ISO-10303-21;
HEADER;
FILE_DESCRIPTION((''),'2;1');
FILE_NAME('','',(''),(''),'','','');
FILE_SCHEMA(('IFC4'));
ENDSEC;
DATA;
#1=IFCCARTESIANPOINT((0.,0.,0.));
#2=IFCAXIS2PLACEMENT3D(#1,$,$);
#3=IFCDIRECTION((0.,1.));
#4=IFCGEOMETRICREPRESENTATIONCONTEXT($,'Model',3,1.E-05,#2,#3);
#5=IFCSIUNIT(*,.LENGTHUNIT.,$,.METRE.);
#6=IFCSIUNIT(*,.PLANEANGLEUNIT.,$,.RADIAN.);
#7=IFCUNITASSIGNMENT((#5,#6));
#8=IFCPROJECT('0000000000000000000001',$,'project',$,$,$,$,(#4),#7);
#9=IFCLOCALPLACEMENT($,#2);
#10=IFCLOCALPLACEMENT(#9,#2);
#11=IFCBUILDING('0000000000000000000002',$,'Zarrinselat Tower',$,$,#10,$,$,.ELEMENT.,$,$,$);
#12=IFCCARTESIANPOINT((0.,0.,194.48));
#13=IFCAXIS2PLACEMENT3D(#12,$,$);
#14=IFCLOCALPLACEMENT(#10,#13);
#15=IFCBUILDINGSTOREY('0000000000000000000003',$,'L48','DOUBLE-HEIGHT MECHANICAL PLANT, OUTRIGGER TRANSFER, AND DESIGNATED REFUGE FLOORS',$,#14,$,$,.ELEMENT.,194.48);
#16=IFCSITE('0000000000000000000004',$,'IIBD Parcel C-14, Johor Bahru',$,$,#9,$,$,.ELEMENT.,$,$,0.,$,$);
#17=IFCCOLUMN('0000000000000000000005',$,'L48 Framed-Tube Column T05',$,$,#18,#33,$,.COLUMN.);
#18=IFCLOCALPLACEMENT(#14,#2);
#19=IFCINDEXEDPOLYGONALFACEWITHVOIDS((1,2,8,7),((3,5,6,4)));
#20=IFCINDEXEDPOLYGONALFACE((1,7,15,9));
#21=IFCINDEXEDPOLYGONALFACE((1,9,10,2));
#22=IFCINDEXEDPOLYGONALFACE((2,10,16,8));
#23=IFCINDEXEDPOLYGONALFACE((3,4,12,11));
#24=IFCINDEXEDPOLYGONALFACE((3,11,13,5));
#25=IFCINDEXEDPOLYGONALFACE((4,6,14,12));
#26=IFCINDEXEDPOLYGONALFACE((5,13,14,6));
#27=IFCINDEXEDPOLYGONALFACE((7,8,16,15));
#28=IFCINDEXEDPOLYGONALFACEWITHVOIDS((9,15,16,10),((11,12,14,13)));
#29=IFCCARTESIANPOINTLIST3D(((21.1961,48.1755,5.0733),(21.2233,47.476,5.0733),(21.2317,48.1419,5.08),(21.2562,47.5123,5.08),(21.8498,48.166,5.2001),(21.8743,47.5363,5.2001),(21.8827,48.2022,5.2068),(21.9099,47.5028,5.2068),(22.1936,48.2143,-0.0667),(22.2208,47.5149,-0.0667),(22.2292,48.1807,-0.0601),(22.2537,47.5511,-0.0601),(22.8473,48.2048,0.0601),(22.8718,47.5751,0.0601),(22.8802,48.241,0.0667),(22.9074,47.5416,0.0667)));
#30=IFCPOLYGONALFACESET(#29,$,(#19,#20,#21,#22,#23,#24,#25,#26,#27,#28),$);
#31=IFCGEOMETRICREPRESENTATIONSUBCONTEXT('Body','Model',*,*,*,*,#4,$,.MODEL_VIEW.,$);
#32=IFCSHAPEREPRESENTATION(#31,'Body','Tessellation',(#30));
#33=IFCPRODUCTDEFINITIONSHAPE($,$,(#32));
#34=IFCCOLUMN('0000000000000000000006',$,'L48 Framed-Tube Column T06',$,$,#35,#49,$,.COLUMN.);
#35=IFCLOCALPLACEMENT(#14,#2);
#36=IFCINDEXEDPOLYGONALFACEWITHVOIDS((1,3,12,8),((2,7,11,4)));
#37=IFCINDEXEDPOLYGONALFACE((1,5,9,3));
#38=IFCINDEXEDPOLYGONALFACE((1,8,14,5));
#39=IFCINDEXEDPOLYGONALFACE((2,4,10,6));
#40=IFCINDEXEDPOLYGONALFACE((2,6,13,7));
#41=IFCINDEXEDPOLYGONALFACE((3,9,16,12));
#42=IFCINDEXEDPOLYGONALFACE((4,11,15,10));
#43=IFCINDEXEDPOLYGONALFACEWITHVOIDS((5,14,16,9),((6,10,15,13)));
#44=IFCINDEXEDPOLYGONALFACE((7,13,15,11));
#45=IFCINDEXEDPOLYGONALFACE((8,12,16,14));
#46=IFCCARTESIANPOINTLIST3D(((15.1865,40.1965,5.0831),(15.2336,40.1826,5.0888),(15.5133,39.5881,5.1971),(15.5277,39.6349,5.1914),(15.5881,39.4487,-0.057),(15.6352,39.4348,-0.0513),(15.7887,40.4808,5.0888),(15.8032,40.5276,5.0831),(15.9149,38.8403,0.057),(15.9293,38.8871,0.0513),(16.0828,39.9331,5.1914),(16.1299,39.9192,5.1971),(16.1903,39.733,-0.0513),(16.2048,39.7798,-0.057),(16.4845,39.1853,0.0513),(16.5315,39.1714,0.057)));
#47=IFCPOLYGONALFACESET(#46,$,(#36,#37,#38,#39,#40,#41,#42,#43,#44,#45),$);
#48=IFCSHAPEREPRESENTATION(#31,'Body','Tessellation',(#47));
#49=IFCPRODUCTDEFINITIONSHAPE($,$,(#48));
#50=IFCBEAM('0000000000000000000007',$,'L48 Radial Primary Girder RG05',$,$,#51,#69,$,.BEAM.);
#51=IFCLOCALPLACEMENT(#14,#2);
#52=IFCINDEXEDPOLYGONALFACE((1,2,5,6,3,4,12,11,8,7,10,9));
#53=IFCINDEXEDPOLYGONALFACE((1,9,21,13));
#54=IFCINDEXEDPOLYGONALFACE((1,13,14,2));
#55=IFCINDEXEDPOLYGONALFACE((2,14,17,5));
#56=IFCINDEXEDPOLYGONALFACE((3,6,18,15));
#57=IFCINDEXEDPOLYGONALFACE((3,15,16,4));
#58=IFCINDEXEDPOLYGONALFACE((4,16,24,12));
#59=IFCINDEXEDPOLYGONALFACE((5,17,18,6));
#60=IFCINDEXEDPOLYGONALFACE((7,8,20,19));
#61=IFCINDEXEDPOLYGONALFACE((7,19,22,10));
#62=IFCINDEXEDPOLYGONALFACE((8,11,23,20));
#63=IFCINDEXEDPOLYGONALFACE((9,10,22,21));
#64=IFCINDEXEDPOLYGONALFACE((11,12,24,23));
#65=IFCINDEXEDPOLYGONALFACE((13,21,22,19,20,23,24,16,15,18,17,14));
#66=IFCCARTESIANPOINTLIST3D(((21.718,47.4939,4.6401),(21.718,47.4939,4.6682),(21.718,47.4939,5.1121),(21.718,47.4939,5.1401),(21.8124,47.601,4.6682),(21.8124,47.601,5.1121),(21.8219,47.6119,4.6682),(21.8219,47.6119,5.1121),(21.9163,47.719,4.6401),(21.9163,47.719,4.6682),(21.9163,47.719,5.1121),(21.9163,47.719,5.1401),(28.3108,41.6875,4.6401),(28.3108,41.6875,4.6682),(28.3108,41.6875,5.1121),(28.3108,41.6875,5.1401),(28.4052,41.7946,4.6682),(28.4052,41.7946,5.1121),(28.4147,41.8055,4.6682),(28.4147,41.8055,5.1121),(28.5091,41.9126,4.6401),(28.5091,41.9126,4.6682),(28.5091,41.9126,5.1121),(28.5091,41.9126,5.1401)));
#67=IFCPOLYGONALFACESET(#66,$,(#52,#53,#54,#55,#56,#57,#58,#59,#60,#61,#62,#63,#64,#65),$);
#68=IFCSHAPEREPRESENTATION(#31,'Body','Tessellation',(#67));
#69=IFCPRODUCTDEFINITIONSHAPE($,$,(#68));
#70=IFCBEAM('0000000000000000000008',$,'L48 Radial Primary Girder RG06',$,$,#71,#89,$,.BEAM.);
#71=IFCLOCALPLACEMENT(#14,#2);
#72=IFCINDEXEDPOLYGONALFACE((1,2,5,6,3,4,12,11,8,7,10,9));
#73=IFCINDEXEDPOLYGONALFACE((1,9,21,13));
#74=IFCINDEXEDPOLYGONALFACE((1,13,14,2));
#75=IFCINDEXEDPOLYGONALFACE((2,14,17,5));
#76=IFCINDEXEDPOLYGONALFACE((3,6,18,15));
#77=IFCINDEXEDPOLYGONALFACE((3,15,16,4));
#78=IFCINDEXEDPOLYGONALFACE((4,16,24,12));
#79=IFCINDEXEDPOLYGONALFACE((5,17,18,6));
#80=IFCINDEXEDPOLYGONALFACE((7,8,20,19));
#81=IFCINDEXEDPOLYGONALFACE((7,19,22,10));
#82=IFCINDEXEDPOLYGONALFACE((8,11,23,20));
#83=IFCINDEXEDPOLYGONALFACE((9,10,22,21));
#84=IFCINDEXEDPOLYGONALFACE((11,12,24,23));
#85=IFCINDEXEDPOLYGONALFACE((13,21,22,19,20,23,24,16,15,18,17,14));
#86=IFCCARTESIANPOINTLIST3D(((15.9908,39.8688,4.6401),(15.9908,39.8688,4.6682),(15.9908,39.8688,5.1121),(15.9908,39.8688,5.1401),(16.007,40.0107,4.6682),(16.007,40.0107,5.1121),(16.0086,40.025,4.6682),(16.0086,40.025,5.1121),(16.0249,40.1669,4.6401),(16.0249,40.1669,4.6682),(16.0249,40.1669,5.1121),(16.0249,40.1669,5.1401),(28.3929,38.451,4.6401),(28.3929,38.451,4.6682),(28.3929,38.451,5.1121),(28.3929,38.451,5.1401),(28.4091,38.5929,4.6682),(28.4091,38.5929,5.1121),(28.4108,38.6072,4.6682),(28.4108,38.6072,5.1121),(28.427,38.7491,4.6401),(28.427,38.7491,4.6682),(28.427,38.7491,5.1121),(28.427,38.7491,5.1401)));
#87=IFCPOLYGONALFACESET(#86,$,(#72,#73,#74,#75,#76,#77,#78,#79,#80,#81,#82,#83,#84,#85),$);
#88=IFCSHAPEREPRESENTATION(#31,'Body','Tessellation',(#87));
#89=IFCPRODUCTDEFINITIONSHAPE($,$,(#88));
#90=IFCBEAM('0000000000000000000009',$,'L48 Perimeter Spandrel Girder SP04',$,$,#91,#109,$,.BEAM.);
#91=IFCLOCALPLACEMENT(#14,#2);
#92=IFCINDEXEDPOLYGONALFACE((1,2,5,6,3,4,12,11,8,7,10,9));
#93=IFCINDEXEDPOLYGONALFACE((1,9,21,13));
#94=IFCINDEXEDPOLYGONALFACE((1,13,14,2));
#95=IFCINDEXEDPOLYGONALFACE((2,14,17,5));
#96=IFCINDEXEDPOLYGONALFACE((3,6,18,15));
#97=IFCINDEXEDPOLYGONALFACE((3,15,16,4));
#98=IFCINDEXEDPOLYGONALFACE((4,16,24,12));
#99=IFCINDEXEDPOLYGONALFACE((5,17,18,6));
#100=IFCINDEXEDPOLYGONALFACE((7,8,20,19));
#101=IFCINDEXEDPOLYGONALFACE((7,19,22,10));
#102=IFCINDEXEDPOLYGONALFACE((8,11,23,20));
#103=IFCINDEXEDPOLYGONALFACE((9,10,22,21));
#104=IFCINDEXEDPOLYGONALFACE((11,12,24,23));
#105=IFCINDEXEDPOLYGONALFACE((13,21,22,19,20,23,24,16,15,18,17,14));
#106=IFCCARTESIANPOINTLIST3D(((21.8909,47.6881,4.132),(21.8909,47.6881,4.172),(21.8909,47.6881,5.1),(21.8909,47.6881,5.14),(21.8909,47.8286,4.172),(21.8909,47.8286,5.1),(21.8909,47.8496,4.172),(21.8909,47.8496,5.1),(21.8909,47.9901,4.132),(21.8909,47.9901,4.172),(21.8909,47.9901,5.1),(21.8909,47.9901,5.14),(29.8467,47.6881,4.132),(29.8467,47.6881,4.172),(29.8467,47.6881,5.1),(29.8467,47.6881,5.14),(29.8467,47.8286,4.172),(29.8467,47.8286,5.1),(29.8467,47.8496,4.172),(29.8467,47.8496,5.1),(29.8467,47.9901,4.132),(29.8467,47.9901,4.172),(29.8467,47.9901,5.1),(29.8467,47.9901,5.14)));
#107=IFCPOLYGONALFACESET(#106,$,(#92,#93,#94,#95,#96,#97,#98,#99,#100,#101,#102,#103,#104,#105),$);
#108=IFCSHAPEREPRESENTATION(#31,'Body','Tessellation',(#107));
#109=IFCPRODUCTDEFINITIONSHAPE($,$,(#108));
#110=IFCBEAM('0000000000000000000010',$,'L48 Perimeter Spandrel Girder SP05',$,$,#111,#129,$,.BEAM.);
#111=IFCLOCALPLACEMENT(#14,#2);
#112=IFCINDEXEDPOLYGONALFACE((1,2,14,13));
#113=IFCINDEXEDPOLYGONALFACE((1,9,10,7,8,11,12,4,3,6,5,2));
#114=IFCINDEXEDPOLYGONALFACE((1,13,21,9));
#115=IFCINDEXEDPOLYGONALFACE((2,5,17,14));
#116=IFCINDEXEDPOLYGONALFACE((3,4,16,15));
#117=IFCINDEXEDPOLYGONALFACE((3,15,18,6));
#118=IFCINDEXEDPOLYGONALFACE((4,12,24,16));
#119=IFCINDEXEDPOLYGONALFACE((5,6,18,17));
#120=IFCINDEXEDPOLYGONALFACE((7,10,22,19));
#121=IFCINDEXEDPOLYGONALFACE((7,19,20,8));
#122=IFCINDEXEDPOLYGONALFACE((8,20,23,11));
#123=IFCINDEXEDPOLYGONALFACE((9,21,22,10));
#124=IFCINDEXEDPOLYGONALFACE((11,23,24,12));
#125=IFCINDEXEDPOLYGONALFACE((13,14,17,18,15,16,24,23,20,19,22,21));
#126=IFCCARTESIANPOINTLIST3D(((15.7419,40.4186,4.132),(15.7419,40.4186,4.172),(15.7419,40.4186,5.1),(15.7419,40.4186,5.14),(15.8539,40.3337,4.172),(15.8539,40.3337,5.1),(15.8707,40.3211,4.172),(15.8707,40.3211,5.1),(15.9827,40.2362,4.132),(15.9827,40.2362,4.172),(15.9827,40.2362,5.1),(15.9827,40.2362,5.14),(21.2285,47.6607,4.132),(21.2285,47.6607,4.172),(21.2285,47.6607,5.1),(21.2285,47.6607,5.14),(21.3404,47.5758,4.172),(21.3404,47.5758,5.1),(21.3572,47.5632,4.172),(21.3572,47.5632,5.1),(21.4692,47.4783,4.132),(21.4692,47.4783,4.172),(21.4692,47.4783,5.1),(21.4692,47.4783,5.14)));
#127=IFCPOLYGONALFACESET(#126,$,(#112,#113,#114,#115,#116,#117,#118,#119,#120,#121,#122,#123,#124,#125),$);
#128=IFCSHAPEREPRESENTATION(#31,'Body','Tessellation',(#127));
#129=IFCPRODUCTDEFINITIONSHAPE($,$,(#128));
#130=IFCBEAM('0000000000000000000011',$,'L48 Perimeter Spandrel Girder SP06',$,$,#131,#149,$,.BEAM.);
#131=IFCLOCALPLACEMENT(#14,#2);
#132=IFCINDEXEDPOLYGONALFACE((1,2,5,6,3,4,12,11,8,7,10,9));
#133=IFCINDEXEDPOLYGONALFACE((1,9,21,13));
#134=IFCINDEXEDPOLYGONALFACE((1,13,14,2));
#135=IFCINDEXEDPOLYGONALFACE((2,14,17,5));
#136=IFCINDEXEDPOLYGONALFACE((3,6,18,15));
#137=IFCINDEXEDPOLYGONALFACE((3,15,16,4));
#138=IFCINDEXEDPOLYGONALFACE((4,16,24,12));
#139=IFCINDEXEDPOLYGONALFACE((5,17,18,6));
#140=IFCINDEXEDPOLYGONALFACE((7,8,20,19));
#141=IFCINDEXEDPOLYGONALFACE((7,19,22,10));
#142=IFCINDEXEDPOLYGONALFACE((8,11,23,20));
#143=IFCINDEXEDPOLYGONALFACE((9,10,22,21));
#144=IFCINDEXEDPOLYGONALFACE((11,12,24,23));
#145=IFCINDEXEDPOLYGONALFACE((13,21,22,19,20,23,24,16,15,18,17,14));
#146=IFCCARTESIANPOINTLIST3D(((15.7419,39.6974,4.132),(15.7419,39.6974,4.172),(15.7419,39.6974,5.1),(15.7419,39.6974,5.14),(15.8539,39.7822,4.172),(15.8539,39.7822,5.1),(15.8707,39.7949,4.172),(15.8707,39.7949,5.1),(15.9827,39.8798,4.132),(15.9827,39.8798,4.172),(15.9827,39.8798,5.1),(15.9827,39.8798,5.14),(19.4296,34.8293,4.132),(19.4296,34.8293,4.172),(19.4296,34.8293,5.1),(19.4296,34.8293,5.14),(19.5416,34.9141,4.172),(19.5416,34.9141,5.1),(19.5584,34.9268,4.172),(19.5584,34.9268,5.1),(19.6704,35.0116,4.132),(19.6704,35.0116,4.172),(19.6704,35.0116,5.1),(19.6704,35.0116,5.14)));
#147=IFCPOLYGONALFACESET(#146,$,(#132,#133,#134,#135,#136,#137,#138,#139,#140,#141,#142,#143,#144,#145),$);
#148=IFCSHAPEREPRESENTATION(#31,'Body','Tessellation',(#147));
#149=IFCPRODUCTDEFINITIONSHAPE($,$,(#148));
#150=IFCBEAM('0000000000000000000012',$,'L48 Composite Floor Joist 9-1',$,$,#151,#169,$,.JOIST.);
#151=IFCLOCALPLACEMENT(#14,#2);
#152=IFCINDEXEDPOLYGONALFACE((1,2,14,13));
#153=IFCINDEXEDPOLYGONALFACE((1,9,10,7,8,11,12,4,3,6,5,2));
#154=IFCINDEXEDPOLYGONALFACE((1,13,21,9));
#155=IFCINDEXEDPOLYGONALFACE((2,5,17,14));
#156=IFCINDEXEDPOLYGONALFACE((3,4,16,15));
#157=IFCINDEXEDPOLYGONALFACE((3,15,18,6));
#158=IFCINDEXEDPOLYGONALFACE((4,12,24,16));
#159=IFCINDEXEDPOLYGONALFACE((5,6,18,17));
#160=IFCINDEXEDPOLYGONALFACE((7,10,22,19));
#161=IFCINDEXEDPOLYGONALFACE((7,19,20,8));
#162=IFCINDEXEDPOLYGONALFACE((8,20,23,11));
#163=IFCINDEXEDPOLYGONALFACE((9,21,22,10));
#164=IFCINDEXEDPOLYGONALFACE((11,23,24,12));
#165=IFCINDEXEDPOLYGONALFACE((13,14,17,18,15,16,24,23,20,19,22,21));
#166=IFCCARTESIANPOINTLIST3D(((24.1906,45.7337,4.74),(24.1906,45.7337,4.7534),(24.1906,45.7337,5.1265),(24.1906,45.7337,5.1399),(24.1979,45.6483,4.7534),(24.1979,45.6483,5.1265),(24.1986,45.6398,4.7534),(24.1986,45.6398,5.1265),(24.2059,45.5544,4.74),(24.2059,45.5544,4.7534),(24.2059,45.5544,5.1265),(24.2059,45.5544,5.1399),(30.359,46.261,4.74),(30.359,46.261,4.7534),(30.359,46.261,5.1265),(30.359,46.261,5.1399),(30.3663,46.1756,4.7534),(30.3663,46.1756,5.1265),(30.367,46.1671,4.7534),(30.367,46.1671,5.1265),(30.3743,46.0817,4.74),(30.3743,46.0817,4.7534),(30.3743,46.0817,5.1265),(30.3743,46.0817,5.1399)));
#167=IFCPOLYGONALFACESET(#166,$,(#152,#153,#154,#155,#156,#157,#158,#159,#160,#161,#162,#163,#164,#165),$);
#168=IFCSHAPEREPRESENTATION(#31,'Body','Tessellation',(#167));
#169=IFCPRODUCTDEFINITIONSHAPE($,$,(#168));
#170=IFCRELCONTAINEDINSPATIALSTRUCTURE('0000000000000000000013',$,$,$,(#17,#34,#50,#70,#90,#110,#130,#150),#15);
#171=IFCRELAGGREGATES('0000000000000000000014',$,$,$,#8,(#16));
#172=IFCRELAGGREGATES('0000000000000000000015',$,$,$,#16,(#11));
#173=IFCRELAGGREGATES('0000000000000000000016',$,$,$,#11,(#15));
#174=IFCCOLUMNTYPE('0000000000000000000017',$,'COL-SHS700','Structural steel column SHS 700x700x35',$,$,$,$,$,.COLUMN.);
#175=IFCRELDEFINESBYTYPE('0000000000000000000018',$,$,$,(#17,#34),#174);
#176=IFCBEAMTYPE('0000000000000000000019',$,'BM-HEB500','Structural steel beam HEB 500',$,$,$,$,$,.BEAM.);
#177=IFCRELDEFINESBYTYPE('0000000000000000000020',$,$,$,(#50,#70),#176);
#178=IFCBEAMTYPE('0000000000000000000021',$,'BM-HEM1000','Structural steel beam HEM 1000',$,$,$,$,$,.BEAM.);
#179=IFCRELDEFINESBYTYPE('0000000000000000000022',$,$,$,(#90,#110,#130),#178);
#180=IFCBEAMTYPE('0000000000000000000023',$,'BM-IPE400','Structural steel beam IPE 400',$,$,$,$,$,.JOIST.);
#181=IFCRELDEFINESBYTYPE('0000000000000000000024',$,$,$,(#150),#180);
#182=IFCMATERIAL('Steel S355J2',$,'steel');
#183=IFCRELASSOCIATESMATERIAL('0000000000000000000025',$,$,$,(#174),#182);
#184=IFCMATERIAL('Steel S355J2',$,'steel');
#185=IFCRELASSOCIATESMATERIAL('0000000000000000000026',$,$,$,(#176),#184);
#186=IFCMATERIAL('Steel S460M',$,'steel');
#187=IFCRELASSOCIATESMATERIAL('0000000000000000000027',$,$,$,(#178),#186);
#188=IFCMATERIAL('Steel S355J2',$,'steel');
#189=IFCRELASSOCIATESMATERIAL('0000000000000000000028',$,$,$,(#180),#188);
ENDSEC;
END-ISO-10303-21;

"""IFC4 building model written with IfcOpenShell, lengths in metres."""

from ifc_helpers import new_model, si_unit, direction, frame, origin, origin_2d, place, context, subcontext, project, spatial, hollow_rectangle, i_section, extrude, material, material_profile, profile_set, type_object, element, save


model = new_model("IFC4")

# Units and contexts
model_context = context("Model", 3, precision=1e-05, world=origin(), true_north=direction((0.0, 1.0)))
body_context = subcontext(model_context, "Body", "Model", "MODEL_VIEW")
ifc_project = project(units=[si_unit("LENGTHUNIT", "METRE"), si_unit("PLANEANGLEUNIT", "RADIAN")], contexts=[model_context])

# Site, building, storey
site_placement = place(None, origin())
site = spatial("IfcSite", under=ifc_project, at=site_placement, Name="IIBD Parcel C-14, Johor Bahru", CompositionType="ELEMENT", RefElevation=0.0)
building_placement = place(site_placement, origin())
building = spatial("IfcBuilding", under=site, at=building_placement, Name="Zarrinselat Tower", CompositionType="ELEMENT")
storey_placement = place(building_placement, frame((0.0, 0.0, 194.48)))
storey = spatial("IfcBuildingStorey", under=building, at=storey_placement, Name="L48", Description="DOUBLE-HEIGHT MECHANICAL PLANT, OUTRIGGER TRANSFER, AND DESIGNATED REFUGE FLOORS", CompositionType="ELEMENT", Elevation=194.48)

# Columns
ifc_material_1 = material(Name="Steel S355J2", Category="steel")
ifc_material_profile_1 = material_profile(ifc_material_1, hollow_rectangle(XDim=0.7, YDim=0.7, WallThickness=0.0349, at=origin_2d()), Name="SHS 700x700x35")
ifc_profile_set_1 = profile_set([ifc_material_profile_1], Name="Steel S355J2")
column_type = type_object("IfcColumnType", Name="COL-SHS700", Description="Structural steel column SHS 700x700x35", PredefinedType="COLUMN", material=ifc_profile_set_1)
column_1_placement = place(storey_placement, frame((22.5505, 47.8779, 0.0), z_axis=(-0.190512, -0.007413, 0.981657), x_axis=(0.038884, -0.999244, 0.0)))
element("IfcColumn", 1, at=column_1_placement, inside=storey, type_object=column_type, Name="L48 Framed-Tube Column T05", PredefinedType="COLUMN", context=body_context, shape_type="SweptSolid", body=[
    extrude(hollow_rectangle(XDim=0.7, YDim=0.7, WallThickness=0.0349, at=origin_2d()), origin(), (0.0, 0.0, 1.0), 5.2361),
])
column_2_placement = place(storey_placement, frame((16.0598, 39.3101, 0.0), z_axis=(-0.077088, 0.143539, 0.986638), x_axis=(-0.880988, -0.473139, 0.0)))
element("IfcColumn", 2, at=column_2_placement, inside=storey, type_object=column_type, Name="L48 Framed-Tube Column T06", PredefinedType="COLUMN", context=body_context, shape_type="SweptSolid", body=[
    extrude(hollow_rectangle(XDim=0.7, YDim=0.7, WallThickness=0.0349, at=origin_2d()), origin(), (0.0, 0.0, 1.0), 5.2097),
])

# Beams
ifc_material_2 = material(Name="Steel S355J2", Category="steel")
ifc_material_profile_2 = material_profile(ifc_material_2, i_section(OverallWidth=0.3, OverallDepth=0.5, WebThickness=0.0144, FlangeThickness=0.0281, at=origin_2d()), Name="HEB 500")
ifc_profile_set_2 = profile_set([ifc_material_profile_2], Name="Steel S355J2")
beam_type_1 = type_object("IfcBeamType", Name="BM-HEB500", Description="Structural steel beam HEB 500", PredefinedType="BEAM", material=ifc_profile_set_2)
beam_1_placement = place(storey_placement, frame((21.8171, 47.6064, 4.8901), z_axis=(0.750445, -0.660933, 0.0), x_axis=(0.660933, 0.750445, 0.0)))
element("IfcBeam", 3, at=beam_1_placement, inside=storey, type_object=beam_type_1, Name="L48 Radial Primary Girder RG05", PredefinedType="BEAM", context=body_context, shape_type="SweptSolid", body=[
    extrude(i_section(OverallWidth=0.3, OverallDepth=0.5, WebThickness=0.0144, FlangeThickness=0.0281, at=origin_2d()), origin(), (0.0, 0.0, 1.0), 8.7852),
])
beam_2_placement = place(storey_placement, frame((16.0078, 40.0178, 4.8901), z_axis=(0.99353, -0.113574, 0.0), x_axis=(0.113574, 0.99353, 0.0)))
element("IfcBeam", 4, at=beam_2_placement, inside=storey, type_object=beam_type_1, Name="L48 Radial Primary Girder RG06", PredefinedType="BEAM", context=body_context, shape_type="SweptSolid", body=[
    extrude(i_section(OverallWidth=0.3, OverallDepth=0.5, WebThickness=0.0144, FlangeThickness=0.0281, at=origin_2d()), origin(), (0.0, 0.0, 1.0), 12.4829),
])
ifc_material_3 = material(Name="Steel S460M", Category="steel")
ifc_material_profile_3 = material_profile(ifc_material_3, i_section(OverallWidth=0.302, OverallDepth=1.0081, WebThickness=0.021, FlangeThickness=0.04, at=origin_2d()), Name="HEM 1000")
ifc_profile_set_3 = profile_set([ifc_material_profile_3], Name="Steel S460M")
beam_type_2 = type_object("IfcBeamType", Name="BM-HEM1000", Description="Structural steel beam HEM 1000", PredefinedType="BEAM", material=ifc_profile_set_3)
beam_3_placement = place(storey_placement, frame((21.8909, 47.8391, 4.636), z_axis=(1.0, 0.0, 0.0), x_axis=(0.0, 1.0, 0.0)))
element("IfcBeam", 5, at=beam_3_placement, inside=storey, type_object=beam_type_2, Name="L48 Perimeter Spandrel Girder SP04", PredefinedType="BEAM", context=body_context, shape_type="SweptSolid", body=[
    extrude(i_section(OverallWidth=0.302, OverallDepth=1.0081, WebThickness=0.021, FlangeThickness=0.04, at=origin_2d()), origin(), (0.0, 0.0, 1.0), 7.9558),
])
beam_4_placement = place(storey_placement, frame((15.8623, 40.3274, 4.636), z_axis=(0.603862, 0.797089, 0.0), x_axis=(-0.797089, 0.603862, 0.0)))
element("IfcBeam", 6, at=beam_4_placement, inside=storey, type_object=beam_type_2, Name="L48 Perimeter Spandrel Girder SP05", PredefinedType="BEAM", context=body_context, shape_type="SweptSolid", body=[
    extrude(i_section(OverallWidth=0.302, OverallDepth=1.0081, WebThickness=0.021, FlangeThickness=0.04, at=origin_2d()), origin(), (0.0, 0.0, 1.0), 9.0857),
])
beam_5_placement = place(storey_placement, frame((15.8623, 39.7886, 4.636), z_axis=(0.603831, -0.797113, 0.0), x_axis=(0.797113, 0.603831, 0.0)))
element("IfcBeam", 7, at=beam_5_placement, inside=storey, type_object=beam_type_2, Name="L48 Perimeter Spandrel Girder SP06", PredefinedType="BEAM", context=body_context, shape_type="SweptSolid", body=[
    extrude(i_section(OverallWidth=0.302, OverallDepth=1.0081, WebThickness=0.021, FlangeThickness=0.04, at=origin_2d()), origin(), (0.0, 0.0, 1.0), 6.1072),
])
ifc_material_4 = material(Name="Steel S355J2", Category="steel")
ifc_material_profile_4 = material_profile(ifc_material_4, i_section(OverallWidth=0.1799, OverallDepth=0.3999, WebThickness=0.0085, FlangeThickness=0.0134, at=origin_2d()), Name="IPE 400")
ifc_profile_set_4 = profile_set([ifc_material_profile_4], Name="Steel S355J2")
beam_type_3 = type_object("IfcBeamType", Name="BM-IPE400", Description="Structural steel beam IPE 400", PredefinedType="JOIST", material=ifc_profile_set_4)
beam_6_placement = place(storey_placement, frame((24.1982, 45.644, 4.9399), z_axis=(0.996366, 0.08518, 0.0), x_axis=(-0.08518, 0.996366, 0.0)))
element("IfcBeam", 8, at=beam_6_placement, inside=storey, type_object=beam_type_3, Name="L48 Composite Floor Joist 9-1", PredefinedType="JOIST", context=body_context, shape_type="SweptSolid", body=[
    extrude(i_section(OverallWidth=0.1799, OverallDepth=0.3999, WebThickness=0.0085, FlangeThickness=0.0134, at=origin_2d()), origin(), (0.0, 0.0, 1.0), 6.1909),
])

save(model, "model.ifc")
